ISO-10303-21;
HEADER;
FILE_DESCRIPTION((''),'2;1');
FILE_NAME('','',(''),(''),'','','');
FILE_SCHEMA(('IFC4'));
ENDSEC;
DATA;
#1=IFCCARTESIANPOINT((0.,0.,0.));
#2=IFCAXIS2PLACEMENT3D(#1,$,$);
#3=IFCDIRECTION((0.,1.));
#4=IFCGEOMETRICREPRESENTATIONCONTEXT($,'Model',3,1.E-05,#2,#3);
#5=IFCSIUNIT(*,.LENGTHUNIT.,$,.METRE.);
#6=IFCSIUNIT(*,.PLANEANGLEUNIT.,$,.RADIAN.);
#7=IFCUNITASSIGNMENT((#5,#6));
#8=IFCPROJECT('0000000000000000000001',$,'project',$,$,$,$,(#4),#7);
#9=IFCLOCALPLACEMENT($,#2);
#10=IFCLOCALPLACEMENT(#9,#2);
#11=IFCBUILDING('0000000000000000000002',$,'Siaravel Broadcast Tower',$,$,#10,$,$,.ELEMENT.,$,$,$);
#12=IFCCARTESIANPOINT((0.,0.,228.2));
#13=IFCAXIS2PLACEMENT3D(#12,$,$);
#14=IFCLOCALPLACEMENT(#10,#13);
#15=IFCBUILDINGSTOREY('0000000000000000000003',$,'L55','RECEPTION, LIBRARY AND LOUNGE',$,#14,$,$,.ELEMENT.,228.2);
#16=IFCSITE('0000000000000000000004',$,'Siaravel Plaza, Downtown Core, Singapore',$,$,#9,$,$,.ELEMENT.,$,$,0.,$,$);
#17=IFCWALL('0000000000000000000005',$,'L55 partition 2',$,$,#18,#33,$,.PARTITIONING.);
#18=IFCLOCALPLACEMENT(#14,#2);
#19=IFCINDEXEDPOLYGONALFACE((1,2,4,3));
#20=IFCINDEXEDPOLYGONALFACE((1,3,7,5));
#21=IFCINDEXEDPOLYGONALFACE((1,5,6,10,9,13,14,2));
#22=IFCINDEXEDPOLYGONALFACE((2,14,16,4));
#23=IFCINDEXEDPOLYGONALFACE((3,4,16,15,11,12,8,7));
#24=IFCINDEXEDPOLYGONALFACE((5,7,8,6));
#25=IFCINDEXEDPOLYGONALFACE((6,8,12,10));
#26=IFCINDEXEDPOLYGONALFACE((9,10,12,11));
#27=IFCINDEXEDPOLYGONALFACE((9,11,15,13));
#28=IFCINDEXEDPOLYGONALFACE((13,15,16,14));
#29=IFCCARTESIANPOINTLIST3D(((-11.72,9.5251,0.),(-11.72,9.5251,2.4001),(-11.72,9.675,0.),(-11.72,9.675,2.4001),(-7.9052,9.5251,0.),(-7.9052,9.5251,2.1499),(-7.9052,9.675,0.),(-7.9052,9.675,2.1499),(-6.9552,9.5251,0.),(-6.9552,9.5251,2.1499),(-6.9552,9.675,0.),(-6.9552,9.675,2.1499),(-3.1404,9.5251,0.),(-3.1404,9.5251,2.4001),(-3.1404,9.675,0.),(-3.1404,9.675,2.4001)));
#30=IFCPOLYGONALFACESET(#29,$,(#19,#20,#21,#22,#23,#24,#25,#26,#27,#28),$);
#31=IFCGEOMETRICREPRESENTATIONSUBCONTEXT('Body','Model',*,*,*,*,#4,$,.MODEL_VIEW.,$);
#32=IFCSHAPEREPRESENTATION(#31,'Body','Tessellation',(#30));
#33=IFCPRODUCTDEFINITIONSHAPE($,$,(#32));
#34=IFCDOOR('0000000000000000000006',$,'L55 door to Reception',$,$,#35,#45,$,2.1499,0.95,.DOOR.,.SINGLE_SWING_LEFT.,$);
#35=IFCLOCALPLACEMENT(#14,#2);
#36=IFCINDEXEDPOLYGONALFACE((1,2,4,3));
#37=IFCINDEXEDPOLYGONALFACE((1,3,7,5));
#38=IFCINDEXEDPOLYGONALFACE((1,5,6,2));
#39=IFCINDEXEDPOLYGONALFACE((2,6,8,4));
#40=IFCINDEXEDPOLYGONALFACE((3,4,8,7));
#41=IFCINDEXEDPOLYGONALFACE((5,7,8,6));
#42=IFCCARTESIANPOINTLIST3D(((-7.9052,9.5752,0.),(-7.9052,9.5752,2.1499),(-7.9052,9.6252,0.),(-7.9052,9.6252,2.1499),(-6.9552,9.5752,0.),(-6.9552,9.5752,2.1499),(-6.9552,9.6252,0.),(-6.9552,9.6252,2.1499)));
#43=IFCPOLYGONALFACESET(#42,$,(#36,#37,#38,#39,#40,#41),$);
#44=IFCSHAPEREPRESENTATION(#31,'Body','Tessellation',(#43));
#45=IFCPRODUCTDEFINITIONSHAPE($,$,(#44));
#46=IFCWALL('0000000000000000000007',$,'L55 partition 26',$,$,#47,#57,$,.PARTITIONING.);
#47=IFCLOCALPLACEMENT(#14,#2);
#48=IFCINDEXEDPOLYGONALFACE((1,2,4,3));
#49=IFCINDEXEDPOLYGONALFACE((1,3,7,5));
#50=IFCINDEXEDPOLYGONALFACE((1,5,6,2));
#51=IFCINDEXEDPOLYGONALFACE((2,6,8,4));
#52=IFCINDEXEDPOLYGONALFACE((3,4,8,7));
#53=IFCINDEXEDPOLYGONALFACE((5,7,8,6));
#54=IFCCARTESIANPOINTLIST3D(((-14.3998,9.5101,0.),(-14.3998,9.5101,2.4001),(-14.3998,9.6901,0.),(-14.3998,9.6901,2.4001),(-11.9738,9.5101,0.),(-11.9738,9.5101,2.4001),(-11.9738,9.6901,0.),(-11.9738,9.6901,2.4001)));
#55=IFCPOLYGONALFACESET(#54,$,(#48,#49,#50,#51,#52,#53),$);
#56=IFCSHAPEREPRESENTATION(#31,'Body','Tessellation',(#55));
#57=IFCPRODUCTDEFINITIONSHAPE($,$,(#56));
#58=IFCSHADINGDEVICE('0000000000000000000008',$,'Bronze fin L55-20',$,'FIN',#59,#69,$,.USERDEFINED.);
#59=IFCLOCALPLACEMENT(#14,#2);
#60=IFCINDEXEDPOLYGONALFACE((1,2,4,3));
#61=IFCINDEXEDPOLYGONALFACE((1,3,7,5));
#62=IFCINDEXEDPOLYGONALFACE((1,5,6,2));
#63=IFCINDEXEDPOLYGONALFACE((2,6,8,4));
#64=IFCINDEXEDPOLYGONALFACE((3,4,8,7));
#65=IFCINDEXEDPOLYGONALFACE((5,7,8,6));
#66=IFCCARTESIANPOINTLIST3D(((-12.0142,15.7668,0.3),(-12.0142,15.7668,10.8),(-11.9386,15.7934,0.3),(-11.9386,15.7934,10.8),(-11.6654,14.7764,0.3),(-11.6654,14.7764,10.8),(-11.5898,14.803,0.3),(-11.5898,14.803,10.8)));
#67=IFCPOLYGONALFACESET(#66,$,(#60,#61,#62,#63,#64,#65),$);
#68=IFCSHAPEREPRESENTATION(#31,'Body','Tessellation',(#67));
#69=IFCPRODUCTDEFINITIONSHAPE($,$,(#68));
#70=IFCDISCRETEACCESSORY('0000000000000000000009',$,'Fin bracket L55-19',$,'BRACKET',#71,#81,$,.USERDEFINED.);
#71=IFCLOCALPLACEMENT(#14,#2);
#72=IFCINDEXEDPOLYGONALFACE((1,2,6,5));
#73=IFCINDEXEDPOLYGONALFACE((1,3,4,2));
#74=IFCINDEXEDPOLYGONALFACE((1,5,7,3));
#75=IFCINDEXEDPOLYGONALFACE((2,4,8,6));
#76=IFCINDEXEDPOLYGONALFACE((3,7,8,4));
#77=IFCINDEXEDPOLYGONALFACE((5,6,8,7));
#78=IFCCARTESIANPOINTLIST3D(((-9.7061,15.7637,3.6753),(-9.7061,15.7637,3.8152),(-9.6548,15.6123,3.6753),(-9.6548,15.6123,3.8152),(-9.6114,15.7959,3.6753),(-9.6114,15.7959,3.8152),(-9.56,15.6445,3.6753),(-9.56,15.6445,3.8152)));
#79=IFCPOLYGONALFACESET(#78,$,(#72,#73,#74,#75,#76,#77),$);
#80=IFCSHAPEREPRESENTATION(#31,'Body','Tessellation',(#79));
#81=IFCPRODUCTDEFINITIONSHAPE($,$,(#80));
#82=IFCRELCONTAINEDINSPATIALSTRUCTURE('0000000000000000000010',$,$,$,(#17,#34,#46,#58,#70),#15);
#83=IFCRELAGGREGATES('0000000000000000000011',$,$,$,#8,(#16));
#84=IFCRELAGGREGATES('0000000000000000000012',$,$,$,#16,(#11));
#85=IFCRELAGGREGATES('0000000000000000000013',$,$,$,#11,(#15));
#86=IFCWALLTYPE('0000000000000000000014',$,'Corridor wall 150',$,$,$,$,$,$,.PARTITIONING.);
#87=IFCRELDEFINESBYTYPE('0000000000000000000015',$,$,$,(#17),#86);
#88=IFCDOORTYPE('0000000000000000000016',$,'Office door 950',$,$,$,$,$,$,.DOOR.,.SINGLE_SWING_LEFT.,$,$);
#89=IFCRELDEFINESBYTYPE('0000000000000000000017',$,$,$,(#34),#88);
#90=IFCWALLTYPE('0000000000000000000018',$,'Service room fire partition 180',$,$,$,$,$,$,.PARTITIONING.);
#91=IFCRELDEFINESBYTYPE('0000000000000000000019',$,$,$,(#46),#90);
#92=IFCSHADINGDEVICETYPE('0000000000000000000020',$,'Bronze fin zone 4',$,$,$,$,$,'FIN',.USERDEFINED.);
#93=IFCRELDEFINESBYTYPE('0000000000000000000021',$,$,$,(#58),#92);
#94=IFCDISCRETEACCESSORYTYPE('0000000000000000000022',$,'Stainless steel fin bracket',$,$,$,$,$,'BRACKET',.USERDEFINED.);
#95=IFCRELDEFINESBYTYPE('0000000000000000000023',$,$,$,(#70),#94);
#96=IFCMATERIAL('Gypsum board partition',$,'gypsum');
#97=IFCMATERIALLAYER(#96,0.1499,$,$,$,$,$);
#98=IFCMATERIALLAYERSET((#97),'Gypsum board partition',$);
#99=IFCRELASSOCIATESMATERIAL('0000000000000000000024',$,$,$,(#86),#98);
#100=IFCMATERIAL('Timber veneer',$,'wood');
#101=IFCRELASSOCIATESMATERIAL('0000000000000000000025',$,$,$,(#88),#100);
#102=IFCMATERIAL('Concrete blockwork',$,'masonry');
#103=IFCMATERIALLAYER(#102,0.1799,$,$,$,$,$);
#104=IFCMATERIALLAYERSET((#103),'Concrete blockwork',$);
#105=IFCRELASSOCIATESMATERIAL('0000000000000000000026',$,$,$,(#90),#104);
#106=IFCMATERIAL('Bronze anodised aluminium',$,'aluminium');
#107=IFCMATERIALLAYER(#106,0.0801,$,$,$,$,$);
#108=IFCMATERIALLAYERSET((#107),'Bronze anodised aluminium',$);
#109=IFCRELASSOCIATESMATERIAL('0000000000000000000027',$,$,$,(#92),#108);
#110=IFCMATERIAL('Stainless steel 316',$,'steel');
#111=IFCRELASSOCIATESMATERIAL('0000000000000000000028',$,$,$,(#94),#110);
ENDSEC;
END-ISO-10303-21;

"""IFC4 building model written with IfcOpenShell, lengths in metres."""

from ifc_helpers import new_model, si_unit, direction, frame, frame_2d, origin, origin_2d, place, context, subcontext, project, spatial, rectangle, extrude, material, layer, layer_set, type_object, element, fill, save


model = new_model("IFC4")

# Units and contexts
model_context = context("Model", 3, precision=1e-05, world=origin(), true_north=direction((0.0, 1.0)))
body_context = subcontext(model_context, "Body", "Model", "MODEL_VIEW")
ifc_project = project(units=[si_unit("LENGTHUNIT", "METRE"), si_unit("PLANEANGLEUNIT", "RADIAN")], contexts=[model_context])

# Site, building, storey
site_placement = place(None, origin())
site = spatial("IfcSite", under=ifc_project, at=site_placement, Name="Siaravel Plaza, Downtown Core, Singapore", CompositionType="ELEMENT", RefElevation=0.0)
building_placement = place(site_placement, origin())
building = spatial("IfcBuilding", under=site, at=building_placement, Name="Siaravel Broadcast Tower", CompositionType="ELEMENT")
storey_placement = place(building_placement, frame((0.0, 0.0, 228.2)))
storey = spatial("IfcBuildingStorey", under=building, at=storey_placement, Name="L55", Description="RECEPTION, LIBRARY AND LOUNGE", CompositionType="ELEMENT", Elevation=228.2)

# Shared definitions
ifc_material_1 = material(Name="Timber veneer", Category="wood")

# Wall, opening, door
ifc_material_2 = material(Name="Gypsum board partition", Category="gypsum")
ifc_layer_1 = layer(ifc_material_2, 0.1499)
ifc_layer_set_1 = layer_set([ifc_layer_1], Name="Gypsum board partition")
wall_type_1 = type_object("IfcWallType", Name="Corridor wall 150", PredefinedType="PARTITIONING", material=ifc_layer_set_1)
wall_1_placement = place(storey_placement, frame((-3.1404, 9.6001, 0.0), z_axis=(0.0, 0.0, 1.0), x_axis=(-1.0, 0.0, 0.0)))
wall_1 = element("IfcWall", 1, at=wall_1_placement, inside=storey, type_object=wall_type_1, Name="L55 partition 2", PredefinedType="PARTITIONING", context=body_context, shape_type="SweptSolid", body=[
    extrude(rectangle(XDim=8.5796, YDim=0.1499, at=frame_2d((4.2898, 0.0))), origin(), (0.0, 0.0, 1.0), 2.4001),
])
opening_1_placement = place(wall_1_placement, frame((3.8147, 0.0, 0.0)))
opening_1 = element("IfcOpeningElement", 2, at=opening_1_placement, cuts=wall_1, PredefinedType="OPENING", context=body_context, shape_type="SweptSolid", body=[
    extrude(rectangle(XDim=0.95, YDim=2.1499, at=frame_2d((0.4751, 1.075))), frame((0.0, 0.085, 0.0), z_axis=(0.0, -1.0, 0.0), x_axis=(1.0, 0.0, 0.0)), (0.0, 0.0, 1.0), 0.1699),
])
door_type_1 = type_object("IfcDoorType", Name="Office door 950", OperationType="SINGLE_SWING_LEFT", PredefinedType="DOOR", material=ifc_material_1)
door_1_placement = place(opening_1_placement, origin())
door_1 = element("IfcDoor", 3, at=door_1_placement, inside=storey, type_object=door_type_1, Name="L55 door to Reception", OperationType="SINGLE_SWING_LEFT", OverallHeight=2.1499, OverallWidth=0.95, PredefinedType="DOOR", context=body_context, shape_type="SweptSolid", body=[
    extrude(rectangle(XDim=0.95, YDim=2.1499, at=frame_2d((0.4751, 1.075))), frame((0.0, 0.0249, 0.0), z_axis=(0.0, -1.0, 0.0), x_axis=(1.0, 0.0, 0.0)), (0.0, 0.0, 1.0), 0.05),
])
fill(opening_1, door_1)

# Wall
ifc_material_3 = material(Name="Concrete blockwork", Category="masonry")
ifc_layer_2 = layer(ifc_material_3, 0.1799)
ifc_layer_set_2 = layer_set([ifc_layer_2], Name="Concrete blockwork")
wall_type_2 = type_object("IfcWallType", Name="Service room fire partition 180", PredefinedType="PARTITIONING", material=ifc_layer_set_2)
wall_2_placement = place(storey_placement, frame((-11.9739, 9.6001, 0.0), z_axis=(0.0, 0.0, 1.0), x_axis=(-1.0, 0.0, 0.0)))
element("IfcWall", 4, at=wall_2_placement, inside=storey, type_object=wall_type_2, Name="L55 partition 26", PredefinedType="PARTITIONING", context=body_context, shape_type="SweptSolid", body=[
    extrude(rectangle(XDim=2.426, YDim=0.1799, at=frame_2d((1.2129, 0.0))), origin(), (0.0, 0.0, 1.0), 2.4001),
])

# Shading device
ifc_material_4 = material(Name="Bronze anodised aluminium", Category="aluminium")
ifc_layer_3 = layer(ifc_material_4, 0.0801)
ifc_layer_set_3 = layer_set([ifc_layer_3], Name="Bronze anodised aluminium")
shading_device_type = type_object("IfcShadingDeviceType", Name="Bronze fin zone 4", ElementType="FIN", PredefinedType="USERDEFINED", material=ifc_layer_set_3)
shading_device_placement = place(storey_placement, frame((-11.802, 15.2849, 0.3), z_axis=(0.0, 0.0, 1.0), x_axis=(-0.332178, 0.943217, 0.0)))
element("IfcShadingDevice", 5, at=shading_device_placement, inside=storey, type_object=shading_device_type, Name="Bronze fin L55-20", ObjectType="FIN", PredefinedType="USERDEFINED", context=body_context, shape_type="SweptSolid", body=[
    extrude(rectangle(XDim=1.05, YDim=0.0801, at=origin_2d()), origin(), (0.0, 0.0, 1.0), 10.5),
])

# Discrete accessory
ifc_material_5 = material(Name="Stainless steel 316", Category="steel")
discrete_accessory_type = type_object("IfcDiscreteAccessoryType", Name="Stainless steel fin bracket", ElementType="BRACKET", PredefinedType="USERDEFINED", material=ifc_material_5)
discrete_accessory_placement = place(storey_placement, frame((-9.6331, 15.7041, 3.6753), z_axis=(0.0, 0.0, 1.0), x_axis=(-0.321301, 0.946977, 0.0)))
element("IfcDiscreteAccessory", 6, at=discrete_accessory_placement, inside=storey, type_object=discrete_accessory_type, Name="Fin bracket L55-19", ObjectType="BRACKET", PredefinedType="USERDEFINED", context=body_context, shape_type="SweptSolid", body=[
    extrude(rectangle(XDim=0.1599, YDim=0.1001, at=origin_2d()), origin(), (0.0, 0.0, 1.0), 0.1399),
])

save(model, "model.ifc")
